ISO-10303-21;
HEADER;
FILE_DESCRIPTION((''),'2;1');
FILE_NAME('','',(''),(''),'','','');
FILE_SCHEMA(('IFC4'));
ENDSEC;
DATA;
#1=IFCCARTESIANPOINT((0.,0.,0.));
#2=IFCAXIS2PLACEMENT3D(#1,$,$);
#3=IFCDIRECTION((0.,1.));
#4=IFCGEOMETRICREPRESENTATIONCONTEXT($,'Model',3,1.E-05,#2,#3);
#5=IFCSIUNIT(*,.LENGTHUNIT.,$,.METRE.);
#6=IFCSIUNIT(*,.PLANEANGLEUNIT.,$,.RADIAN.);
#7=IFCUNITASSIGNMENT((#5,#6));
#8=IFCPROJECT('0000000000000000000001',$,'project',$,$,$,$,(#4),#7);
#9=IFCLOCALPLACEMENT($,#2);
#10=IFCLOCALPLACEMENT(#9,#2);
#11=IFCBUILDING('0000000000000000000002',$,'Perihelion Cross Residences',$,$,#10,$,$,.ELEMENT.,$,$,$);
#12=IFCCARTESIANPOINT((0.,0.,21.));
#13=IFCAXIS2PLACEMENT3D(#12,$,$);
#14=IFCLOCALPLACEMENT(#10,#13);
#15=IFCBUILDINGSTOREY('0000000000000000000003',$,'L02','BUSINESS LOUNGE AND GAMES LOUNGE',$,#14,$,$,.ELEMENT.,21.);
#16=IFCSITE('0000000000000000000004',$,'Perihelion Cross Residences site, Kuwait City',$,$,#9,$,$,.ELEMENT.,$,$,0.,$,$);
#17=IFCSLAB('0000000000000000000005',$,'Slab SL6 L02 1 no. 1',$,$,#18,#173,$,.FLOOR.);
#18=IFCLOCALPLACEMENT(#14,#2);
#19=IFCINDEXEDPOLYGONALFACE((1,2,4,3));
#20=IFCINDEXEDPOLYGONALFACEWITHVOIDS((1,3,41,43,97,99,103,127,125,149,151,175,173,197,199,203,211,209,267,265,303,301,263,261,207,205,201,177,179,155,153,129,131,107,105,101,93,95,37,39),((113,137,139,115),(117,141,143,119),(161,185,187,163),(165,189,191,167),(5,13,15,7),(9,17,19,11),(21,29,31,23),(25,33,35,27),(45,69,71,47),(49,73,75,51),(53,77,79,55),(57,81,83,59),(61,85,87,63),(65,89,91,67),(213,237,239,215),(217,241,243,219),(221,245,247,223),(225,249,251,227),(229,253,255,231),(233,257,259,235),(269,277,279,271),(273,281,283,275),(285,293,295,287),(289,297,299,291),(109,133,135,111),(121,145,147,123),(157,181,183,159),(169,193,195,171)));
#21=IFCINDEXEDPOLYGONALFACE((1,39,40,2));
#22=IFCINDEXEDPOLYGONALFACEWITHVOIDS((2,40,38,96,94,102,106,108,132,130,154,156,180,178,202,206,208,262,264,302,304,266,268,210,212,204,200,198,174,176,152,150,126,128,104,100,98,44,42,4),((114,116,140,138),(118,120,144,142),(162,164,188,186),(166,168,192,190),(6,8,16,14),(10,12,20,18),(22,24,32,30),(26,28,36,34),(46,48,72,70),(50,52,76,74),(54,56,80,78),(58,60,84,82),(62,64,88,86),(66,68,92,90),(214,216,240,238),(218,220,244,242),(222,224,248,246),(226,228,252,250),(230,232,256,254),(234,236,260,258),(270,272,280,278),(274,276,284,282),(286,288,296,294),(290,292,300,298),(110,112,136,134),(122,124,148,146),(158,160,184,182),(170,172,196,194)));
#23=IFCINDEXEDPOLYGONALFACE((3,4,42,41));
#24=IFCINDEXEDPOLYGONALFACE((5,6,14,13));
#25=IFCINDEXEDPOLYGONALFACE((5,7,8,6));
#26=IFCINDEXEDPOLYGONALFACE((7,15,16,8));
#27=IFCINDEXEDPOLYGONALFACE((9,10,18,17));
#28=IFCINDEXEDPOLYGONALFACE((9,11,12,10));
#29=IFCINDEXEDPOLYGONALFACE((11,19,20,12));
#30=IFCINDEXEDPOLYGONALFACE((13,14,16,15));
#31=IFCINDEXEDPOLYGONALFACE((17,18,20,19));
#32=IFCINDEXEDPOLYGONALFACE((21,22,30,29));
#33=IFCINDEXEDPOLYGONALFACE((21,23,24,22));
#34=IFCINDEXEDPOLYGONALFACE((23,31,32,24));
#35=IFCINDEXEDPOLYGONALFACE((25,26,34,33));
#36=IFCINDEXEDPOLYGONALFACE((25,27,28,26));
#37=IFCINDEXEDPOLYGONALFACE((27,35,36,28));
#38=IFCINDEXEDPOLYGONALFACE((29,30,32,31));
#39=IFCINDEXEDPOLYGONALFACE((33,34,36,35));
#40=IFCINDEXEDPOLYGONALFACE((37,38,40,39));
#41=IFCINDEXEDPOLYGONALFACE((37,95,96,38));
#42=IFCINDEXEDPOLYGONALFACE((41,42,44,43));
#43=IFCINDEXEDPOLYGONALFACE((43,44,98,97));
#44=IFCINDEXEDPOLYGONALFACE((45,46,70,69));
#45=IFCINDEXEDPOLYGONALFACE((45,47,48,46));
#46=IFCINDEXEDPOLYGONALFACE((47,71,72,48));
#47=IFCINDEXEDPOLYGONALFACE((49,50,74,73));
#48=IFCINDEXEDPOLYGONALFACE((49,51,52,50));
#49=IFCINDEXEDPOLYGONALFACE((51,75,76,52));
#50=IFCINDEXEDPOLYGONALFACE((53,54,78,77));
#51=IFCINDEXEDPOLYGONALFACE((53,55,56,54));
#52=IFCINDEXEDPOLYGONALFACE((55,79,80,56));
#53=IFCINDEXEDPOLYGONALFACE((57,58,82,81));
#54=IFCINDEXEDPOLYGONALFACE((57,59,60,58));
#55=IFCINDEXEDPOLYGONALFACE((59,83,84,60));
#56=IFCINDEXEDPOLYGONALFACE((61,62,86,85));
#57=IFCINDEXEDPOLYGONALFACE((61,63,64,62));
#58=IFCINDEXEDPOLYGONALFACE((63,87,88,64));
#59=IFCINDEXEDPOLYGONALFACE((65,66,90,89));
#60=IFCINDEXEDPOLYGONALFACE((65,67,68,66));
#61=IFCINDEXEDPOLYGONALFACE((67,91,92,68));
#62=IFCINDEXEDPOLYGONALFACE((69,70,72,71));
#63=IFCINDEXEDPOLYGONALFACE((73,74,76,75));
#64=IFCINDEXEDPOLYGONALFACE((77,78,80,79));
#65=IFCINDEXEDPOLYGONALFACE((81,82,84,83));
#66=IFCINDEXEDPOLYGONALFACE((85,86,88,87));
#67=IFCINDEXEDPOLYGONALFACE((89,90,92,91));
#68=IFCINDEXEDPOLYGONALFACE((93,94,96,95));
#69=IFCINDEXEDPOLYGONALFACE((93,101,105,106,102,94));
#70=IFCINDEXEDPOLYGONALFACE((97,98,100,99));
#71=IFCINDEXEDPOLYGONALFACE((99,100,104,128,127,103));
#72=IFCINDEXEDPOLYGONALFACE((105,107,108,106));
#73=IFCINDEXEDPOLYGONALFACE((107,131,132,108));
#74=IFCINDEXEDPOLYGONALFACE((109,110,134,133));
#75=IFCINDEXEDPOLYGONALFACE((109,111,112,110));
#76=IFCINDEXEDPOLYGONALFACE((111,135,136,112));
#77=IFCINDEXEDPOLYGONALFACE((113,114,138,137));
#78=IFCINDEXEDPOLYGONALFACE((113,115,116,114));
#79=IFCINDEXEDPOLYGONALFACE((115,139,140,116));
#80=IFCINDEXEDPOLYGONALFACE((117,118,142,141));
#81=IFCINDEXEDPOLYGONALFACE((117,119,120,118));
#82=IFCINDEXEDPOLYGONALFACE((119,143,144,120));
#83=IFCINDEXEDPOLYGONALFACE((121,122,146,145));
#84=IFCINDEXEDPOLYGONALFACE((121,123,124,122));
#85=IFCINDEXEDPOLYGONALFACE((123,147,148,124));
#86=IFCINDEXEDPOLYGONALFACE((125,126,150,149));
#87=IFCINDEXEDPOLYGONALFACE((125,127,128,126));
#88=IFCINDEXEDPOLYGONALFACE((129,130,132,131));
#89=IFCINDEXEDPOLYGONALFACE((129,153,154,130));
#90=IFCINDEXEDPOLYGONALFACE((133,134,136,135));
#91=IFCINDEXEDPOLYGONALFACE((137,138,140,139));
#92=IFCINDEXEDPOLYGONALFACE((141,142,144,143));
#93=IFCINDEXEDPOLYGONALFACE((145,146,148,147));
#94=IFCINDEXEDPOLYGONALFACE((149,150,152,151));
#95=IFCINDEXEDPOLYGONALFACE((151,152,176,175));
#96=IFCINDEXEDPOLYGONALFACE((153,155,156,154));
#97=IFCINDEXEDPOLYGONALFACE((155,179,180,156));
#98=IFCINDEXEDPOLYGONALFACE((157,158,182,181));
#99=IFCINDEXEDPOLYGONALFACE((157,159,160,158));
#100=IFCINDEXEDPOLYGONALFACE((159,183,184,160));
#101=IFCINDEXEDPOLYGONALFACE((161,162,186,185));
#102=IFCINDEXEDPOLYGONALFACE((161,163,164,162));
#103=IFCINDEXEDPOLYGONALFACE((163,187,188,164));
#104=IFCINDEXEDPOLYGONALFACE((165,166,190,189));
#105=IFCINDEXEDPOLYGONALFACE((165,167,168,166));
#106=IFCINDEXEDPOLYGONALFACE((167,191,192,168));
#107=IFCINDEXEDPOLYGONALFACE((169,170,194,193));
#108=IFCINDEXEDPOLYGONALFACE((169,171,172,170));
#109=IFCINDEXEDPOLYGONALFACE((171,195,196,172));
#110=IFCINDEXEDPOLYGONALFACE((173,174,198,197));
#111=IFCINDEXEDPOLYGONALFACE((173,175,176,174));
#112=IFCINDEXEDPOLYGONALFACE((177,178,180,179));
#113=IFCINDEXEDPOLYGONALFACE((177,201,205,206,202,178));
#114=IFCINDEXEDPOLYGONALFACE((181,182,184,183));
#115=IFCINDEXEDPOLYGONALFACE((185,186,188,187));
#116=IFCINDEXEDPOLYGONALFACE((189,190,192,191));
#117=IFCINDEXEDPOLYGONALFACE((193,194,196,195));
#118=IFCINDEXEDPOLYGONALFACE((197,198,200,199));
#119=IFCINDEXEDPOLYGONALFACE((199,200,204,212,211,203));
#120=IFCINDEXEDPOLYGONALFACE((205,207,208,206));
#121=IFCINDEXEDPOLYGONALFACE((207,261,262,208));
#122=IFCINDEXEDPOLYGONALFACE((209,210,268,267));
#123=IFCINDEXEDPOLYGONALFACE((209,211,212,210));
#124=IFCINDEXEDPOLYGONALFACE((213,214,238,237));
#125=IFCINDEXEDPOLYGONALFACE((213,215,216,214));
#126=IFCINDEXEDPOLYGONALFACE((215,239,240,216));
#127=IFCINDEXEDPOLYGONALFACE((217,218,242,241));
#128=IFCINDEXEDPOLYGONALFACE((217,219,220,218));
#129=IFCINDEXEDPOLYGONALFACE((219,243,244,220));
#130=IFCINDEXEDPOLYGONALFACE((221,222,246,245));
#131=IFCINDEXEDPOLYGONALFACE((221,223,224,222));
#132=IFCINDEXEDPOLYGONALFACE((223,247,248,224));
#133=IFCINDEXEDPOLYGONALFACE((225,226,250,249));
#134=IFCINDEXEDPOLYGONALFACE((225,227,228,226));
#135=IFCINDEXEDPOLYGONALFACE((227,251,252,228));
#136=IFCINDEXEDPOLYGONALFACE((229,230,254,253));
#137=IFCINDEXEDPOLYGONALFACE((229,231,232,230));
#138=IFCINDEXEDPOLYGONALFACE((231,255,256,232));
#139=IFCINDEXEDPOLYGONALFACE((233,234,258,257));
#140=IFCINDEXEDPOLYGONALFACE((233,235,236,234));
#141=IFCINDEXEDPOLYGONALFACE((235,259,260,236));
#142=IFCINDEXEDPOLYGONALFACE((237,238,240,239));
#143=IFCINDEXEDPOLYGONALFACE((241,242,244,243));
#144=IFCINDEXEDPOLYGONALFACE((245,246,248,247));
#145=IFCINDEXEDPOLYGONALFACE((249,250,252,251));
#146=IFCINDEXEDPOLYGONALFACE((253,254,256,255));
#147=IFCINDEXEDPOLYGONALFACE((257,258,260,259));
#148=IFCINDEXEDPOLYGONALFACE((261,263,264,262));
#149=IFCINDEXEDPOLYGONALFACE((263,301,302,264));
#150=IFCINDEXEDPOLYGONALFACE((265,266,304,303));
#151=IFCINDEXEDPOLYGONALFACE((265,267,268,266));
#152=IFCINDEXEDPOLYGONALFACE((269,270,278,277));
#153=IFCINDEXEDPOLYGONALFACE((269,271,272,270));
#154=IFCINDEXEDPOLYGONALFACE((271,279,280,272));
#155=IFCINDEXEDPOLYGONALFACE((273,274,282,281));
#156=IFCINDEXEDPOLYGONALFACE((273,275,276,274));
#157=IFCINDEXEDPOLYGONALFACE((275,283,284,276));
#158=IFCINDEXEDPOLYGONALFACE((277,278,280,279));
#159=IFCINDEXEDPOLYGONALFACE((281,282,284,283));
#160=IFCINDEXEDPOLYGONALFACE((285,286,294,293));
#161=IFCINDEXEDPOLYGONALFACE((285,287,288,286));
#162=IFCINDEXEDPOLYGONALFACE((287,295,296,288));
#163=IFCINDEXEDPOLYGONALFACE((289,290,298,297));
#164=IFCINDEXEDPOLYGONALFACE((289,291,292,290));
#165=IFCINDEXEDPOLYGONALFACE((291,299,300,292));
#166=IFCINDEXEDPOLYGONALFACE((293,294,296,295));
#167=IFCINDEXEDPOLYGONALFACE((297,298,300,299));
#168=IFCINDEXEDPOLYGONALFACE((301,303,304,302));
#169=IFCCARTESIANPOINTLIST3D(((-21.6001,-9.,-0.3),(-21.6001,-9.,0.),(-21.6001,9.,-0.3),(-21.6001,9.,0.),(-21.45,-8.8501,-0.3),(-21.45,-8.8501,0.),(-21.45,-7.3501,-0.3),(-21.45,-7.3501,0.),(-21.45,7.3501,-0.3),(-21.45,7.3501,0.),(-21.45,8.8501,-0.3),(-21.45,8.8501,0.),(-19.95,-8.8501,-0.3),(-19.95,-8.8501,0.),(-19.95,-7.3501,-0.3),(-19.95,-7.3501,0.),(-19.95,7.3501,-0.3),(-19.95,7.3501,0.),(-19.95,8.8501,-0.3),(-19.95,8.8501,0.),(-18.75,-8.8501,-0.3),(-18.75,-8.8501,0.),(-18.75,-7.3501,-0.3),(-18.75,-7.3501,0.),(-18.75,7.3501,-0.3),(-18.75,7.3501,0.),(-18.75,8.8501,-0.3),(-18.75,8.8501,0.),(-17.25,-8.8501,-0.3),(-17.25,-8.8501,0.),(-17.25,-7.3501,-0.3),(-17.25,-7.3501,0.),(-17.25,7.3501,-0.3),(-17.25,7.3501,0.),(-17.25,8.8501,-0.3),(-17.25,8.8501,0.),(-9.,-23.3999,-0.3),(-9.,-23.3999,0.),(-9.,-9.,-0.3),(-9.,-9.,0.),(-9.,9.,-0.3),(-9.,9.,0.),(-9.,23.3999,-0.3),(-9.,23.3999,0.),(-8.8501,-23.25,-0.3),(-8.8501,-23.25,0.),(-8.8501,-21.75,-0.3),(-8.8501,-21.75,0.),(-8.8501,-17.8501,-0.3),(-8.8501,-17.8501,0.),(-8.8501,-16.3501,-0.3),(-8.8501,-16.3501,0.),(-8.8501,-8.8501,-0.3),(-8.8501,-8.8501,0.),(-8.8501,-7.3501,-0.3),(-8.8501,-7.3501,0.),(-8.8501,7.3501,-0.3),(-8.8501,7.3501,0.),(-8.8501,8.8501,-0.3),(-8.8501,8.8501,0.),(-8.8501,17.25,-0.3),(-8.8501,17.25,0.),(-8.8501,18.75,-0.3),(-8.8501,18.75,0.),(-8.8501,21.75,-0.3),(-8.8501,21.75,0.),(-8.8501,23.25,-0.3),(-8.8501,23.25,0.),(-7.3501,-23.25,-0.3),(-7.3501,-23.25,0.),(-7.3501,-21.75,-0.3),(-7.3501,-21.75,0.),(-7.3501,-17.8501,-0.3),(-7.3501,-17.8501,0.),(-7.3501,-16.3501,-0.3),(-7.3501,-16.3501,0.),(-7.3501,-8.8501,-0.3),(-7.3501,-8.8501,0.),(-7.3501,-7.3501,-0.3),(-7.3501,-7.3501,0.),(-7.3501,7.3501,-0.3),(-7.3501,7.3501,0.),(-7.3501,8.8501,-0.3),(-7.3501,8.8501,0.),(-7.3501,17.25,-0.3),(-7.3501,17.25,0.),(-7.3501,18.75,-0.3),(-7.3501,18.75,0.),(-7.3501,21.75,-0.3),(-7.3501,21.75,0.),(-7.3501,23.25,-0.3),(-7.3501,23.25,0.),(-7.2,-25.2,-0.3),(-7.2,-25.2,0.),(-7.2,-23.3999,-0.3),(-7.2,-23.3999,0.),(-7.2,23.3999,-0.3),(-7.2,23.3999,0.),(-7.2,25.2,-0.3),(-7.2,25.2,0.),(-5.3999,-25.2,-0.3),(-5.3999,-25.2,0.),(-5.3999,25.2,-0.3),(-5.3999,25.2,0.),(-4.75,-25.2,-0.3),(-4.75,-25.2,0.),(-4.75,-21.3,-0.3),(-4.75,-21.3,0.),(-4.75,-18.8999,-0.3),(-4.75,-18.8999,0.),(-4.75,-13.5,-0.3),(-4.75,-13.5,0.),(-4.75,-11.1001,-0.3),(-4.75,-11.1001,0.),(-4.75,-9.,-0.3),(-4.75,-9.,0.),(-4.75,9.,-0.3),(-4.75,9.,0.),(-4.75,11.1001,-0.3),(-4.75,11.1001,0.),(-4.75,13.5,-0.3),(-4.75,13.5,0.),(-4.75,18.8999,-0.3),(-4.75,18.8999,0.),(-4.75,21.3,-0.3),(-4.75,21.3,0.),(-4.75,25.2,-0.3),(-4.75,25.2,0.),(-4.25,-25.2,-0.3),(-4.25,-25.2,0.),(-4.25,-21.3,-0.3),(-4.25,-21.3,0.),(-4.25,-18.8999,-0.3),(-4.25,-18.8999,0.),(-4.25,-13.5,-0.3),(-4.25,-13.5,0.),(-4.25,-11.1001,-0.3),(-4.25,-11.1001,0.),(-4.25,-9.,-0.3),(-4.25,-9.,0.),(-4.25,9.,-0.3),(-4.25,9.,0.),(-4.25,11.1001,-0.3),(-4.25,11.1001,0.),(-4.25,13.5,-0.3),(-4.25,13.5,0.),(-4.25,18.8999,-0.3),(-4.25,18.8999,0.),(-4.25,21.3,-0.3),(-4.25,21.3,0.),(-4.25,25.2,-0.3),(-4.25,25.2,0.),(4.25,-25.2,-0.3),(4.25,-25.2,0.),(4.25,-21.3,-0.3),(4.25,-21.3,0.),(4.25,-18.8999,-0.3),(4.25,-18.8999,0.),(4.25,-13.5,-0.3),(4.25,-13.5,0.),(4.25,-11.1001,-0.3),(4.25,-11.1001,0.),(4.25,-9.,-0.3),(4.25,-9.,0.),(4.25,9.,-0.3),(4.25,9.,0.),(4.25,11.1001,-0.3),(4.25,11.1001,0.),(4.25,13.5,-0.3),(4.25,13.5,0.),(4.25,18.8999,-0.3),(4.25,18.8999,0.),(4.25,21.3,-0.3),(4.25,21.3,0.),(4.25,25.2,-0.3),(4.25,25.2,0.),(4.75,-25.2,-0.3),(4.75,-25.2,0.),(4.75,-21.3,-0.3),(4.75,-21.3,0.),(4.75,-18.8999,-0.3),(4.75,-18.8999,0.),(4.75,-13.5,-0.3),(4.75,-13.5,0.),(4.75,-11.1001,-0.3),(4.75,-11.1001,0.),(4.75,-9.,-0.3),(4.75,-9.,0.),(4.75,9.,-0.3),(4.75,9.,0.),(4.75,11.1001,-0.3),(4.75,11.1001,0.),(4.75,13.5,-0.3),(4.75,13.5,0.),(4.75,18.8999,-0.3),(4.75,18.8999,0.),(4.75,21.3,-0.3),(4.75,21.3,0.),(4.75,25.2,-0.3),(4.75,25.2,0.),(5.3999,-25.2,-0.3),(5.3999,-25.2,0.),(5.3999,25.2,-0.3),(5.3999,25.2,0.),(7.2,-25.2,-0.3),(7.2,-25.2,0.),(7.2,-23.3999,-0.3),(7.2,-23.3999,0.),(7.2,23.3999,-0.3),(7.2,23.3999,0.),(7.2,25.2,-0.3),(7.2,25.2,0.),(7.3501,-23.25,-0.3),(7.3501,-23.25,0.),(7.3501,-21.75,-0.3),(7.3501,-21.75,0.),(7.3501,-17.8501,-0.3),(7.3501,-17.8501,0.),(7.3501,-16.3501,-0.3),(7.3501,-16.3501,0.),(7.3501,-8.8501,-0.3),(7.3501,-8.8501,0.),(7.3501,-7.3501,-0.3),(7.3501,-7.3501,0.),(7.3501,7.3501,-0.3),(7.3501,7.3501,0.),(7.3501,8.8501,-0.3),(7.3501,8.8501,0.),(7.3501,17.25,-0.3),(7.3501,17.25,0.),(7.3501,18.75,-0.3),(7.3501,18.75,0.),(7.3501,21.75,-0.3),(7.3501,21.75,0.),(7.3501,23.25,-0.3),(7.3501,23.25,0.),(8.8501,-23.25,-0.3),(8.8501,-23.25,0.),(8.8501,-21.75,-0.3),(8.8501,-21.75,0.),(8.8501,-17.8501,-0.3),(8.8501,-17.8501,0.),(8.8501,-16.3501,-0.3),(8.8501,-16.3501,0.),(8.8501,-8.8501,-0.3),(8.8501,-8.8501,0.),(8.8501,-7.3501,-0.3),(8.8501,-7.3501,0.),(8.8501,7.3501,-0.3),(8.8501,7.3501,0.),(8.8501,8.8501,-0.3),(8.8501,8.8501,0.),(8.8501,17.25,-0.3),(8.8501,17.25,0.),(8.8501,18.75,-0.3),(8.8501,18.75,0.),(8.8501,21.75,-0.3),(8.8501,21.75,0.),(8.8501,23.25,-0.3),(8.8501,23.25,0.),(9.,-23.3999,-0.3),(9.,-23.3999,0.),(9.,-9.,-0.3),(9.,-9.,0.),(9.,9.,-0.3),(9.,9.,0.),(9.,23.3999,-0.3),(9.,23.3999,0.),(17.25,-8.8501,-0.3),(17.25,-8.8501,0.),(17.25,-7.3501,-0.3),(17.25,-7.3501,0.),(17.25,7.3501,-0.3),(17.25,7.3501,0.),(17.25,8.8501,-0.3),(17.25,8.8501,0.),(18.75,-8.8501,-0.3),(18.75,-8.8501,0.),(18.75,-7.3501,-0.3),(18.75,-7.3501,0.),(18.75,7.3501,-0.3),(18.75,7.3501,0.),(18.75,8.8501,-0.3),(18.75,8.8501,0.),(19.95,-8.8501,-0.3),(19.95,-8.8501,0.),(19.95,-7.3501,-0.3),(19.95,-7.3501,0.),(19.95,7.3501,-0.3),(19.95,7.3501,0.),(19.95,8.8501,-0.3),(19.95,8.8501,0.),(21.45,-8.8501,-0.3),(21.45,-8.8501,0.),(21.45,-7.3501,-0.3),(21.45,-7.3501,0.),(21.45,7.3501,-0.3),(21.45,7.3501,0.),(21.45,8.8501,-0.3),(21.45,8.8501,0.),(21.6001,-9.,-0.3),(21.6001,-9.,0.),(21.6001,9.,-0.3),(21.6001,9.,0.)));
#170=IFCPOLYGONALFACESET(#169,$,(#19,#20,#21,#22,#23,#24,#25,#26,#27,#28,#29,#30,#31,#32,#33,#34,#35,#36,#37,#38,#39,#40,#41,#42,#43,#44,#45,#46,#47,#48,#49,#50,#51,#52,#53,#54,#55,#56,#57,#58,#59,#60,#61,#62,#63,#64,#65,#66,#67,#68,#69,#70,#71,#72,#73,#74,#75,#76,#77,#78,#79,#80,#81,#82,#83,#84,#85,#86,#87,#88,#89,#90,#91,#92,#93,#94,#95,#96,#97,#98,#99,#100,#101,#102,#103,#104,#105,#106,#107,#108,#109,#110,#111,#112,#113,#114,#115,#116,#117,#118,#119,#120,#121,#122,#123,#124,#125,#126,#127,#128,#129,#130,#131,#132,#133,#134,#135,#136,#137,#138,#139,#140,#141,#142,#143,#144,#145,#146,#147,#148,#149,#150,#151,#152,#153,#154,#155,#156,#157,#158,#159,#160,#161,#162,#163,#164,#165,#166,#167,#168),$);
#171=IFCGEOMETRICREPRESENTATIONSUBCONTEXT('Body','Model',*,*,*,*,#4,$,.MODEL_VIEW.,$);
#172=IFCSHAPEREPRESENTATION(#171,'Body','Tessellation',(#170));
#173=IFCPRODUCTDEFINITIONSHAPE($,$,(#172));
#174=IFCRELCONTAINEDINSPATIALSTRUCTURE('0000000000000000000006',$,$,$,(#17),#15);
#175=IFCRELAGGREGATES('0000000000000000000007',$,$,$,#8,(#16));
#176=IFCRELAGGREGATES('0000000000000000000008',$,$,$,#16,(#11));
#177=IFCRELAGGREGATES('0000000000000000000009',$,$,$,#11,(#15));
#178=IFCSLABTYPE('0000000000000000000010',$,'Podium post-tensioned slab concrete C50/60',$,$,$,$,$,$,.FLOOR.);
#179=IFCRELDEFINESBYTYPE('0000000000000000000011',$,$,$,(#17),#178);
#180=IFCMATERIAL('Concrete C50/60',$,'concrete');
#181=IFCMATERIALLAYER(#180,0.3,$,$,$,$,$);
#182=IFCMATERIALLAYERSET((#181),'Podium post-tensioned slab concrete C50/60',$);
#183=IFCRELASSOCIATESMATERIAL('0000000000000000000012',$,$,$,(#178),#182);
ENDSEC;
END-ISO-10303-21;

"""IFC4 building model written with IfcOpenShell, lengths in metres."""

from ifc_helpers import new_model, si_unit, direction, frame, origin, place, context, subcontext, project, spatial, polyline, outline, extrude, material, layer, layer_set, type_object, element, save


model = new_model("IFC4")

# Units and contexts
model_context = context("Model", 3, precision=1e-05, world=origin(), true_north=direction((0.0, 1.0)))
body_context = subcontext(model_context, "Body", "Model", "MODEL_VIEW")
ifc_project = project(units=[si_unit("LENGTHUNIT", "METRE"), si_unit("PLANEANGLEUNIT", "RADIAN")], contexts=[model_context])

# Site, building, storey
site_placement = place(None, origin())
site = spatial("IfcSite", under=ifc_project, at=site_placement, Name="Perihelion Cross Residences site, Kuwait City", CompositionType="ELEMENT", RefElevation=0.0)
building_placement = place(site_placement, origin())
building = spatial("IfcBuilding", under=site, at=building_placement, Name="Perihelion Cross Residences", CompositionType="ELEMENT")
storey_placement = place(building_placement, frame((0.0, 0.0, 21.0)))
storey = spatial("IfcBuildingStorey", under=building, at=storey_placement, Name="L02", Description="BUSINESS LOUNGE AND GAMES LOUNGE", CompositionType="ELEMENT", Elevation=21.0)

# Slab
ifc_material_1 = material(Name="Concrete C50/60", Category="concrete")
ifc_layer_1 = layer(ifc_material_1, 0.3)
ifc_layer_set_1 = layer_set([ifc_layer_1], Name="Podium post-tensioned slab concrete C50/60")
slab_type_1 = type_object("IfcSlabType", Name="Podium post-tensioned slab concrete C50/60", PredefinedType="FLOOR", material=ifc_layer_set_1)
slab_1_placement = place(storey_placement, frame((0.0, 0.0, -0.3)))
element("IfcSlab", 1, at=slab_1_placement, inside=storey, type_object=slab_type_1, Name="Slab SL6 L02 1 no. 1", PredefinedType="FLOOR", context=body_context, shape_type="SweptSolid", body=[
    extrude(outline(polyline([(7.2, 23.3999), (9.0, 23.3999), (9.0, 9.0), (21.6001, 9.0), (21.6001, -9.0), (9.0, -9.0), (9.0, -23.3999), (7.2, -23.3999), (7.2, -25.2), (5.3999, -25.2), (4.75, -25.2), (4.75, -21.3), (4.25, -21.3), (4.25, -25.2), (-4.25, -25.2), (-4.25, -21.3), (-4.75, -21.3), (-4.75, -25.2), (-5.3999, -25.2), (-7.2, -25.2), (-7.2, -23.3999), (-9.0, -23.3999), (-9.0, -9.0), (-21.6001, -9.0), (-21.6001, 9.0), (-9.0, 9.0), (-9.0, 23.3999), (-7.2, 23.3999), (-7.2, 25.2), (-5.3999, 25.2), (-4.75, 25.2), (-4.75, 21.3), (-4.25, 21.3), (-4.25, 25.2), (4.25, 25.2), (4.25, 21.3), (4.75, 21.3), (4.75, 25.2), (5.3999, 25.2), (7.2, 25.2), (7.2, 23.3999)]), holes=[polyline([(-7.3501, -23.25), (-7.3501, -21.75), (-8.8501, -21.75), (-8.8501, -23.25), (-7.3501, -23.25)]), polyline([(-8.8501, -17.8501), (-7.3501, -17.8501), (-7.3501, -16.3501), (-8.8501, -16.3501), (-8.8501, -17.8501)]), polyline([(-21.45, -8.8501), (-19.95, -8.8501), (-19.95, -7.3501), (-21.45, -7.3501), (-21.45, -8.8501)]), polyline([(-17.25, -8.8501), (-17.25, -7.3501), (-18.75, -7.3501), (-18.75, -8.8501), (-17.25, -8.8501)]), polyline([(-7.3501, -8.8501), (-7.3501, -7.3501), (-8.8501, -7.3501), (-8.8501, -8.8501), (-7.3501, -8.8501)]), polyline([(-21.45, 7.3501), (-19.95, 7.3501), (-19.95, 8.8501), (-21.45, 8.8501), (-21.45, 7.3501)]), polyline([(-18.75, 7.3501), (-17.25, 7.3501), (-17.25, 8.8501), (-18.75, 8.8501), (-18.75, 7.3501)]), polyline([(-7.3501, 7.3501), (-7.3501, 8.8501), (-8.8501, 8.8501), (-8.8501, 7.3501), (-7.3501, 7.3501)]), polyline([(-7.3501, 17.25), (-7.3501, 18.75), (-8.8501, 18.75), (-8.8501, 17.25), (-7.3501, 17.25)]), polyline([(-7.3501, 21.75), (-7.3501, 23.25), (-8.8501, 23.25), (-8.8501, 21.75), (-7.3501, 21.75)]), polyline([(-4.25, -18.8999), (-4.25, -13.5), (-4.75, -13.5), (-4.75, -18.8999), (-4.25, -18.8999)]), polyline([(4.25, -18.8999), (4.75, -18.8999), (4.75, -13.5), (4.25, -13.5), (4.25, -18.8999)]), polyline([(-4.75, -11.1001), (-4.25, -11.1001), (-4.25, -9.0), (-4.75, -9.0), (-4.75, -11.1001)]), polyline([(-4.25, 9.0), (-4.25, 11.1001), (-4.75, 11.1001), (-4.75, 9.0), (-4.25, 9.0)]), polyline([(4.75, 9.0), (4.75, 11.1001), (4.25, 11.1001), (4.25, 9.0), (4.75, 9.0)]), polyline([(-4.25, 13.5), (-4.25, 18.8999), (-4.75, 18.8999), (-4.75, 13.5), (-4.25, 13.5)]), polyline([(8.8501, -23.25), (8.8501, -21.75), (7.3501, -21.75), (7.3501, -23.25), (8.8501, -23.25)]), polyline([(7.3501, -17.8501), (8.8501, -17.8501), (8.8501, -16.3501), (7.3501, -16.3501), (7.3501, -17.8501)]), polyline([(4.25, -11.1001), (4.75, -11.1001), (4.75, -9.0), (4.25, -9.0), (4.25, -11.1001)]), polyline([(8.8501, -8.8501), (8.8501, -7.3501), (7.3501, -7.3501), (7.3501, -8.8501), (8.8501, -8.8501)]), polyline([(18.75, -8.8501), (18.75, -7.3501), (17.25, -7.3501), (17.25, -8.8501), (18.75, -8.8501)]), polyline([(21.45, -8.8501), (21.45, -7.3501), (19.95, -7.3501), (19.95, -8.8501), (21.45, -8.8501)]), polyline([(7.3501, 7.3501), (8.8501, 7.3501), (8.8501, 8.8501), (7.3501, 8.8501), (7.3501, 7.3501)]), polyline([(18.75, 7.3501), (18.75, 8.8501), (17.25, 8.8501), (17.25, 7.3501), (18.75, 7.3501)]), polyline([(19.95, 7.3501), (21.45, 7.3501), (21.45, 8.8501), (19.95, 8.8501), (19.95, 7.3501)]), polyline([(4.25, 13.5), (4.75, 13.5), (4.75, 18.8999), (4.25, 18.8999), (4.25, 13.5)]), polyline([(8.8501, 17.25), (8.8501, 18.75), (7.3501, 18.75), (7.3501, 17.25), (8.8501, 17.25)]), polyline([(7.3501, 21.75), (8.8501, 21.75), (8.8501, 23.25), (7.3501, 23.25), (7.3501, 21.75)])]), origin(), (0.0, 0.0, 1.0), 0.3),
])

save(model, "model.ifc")
